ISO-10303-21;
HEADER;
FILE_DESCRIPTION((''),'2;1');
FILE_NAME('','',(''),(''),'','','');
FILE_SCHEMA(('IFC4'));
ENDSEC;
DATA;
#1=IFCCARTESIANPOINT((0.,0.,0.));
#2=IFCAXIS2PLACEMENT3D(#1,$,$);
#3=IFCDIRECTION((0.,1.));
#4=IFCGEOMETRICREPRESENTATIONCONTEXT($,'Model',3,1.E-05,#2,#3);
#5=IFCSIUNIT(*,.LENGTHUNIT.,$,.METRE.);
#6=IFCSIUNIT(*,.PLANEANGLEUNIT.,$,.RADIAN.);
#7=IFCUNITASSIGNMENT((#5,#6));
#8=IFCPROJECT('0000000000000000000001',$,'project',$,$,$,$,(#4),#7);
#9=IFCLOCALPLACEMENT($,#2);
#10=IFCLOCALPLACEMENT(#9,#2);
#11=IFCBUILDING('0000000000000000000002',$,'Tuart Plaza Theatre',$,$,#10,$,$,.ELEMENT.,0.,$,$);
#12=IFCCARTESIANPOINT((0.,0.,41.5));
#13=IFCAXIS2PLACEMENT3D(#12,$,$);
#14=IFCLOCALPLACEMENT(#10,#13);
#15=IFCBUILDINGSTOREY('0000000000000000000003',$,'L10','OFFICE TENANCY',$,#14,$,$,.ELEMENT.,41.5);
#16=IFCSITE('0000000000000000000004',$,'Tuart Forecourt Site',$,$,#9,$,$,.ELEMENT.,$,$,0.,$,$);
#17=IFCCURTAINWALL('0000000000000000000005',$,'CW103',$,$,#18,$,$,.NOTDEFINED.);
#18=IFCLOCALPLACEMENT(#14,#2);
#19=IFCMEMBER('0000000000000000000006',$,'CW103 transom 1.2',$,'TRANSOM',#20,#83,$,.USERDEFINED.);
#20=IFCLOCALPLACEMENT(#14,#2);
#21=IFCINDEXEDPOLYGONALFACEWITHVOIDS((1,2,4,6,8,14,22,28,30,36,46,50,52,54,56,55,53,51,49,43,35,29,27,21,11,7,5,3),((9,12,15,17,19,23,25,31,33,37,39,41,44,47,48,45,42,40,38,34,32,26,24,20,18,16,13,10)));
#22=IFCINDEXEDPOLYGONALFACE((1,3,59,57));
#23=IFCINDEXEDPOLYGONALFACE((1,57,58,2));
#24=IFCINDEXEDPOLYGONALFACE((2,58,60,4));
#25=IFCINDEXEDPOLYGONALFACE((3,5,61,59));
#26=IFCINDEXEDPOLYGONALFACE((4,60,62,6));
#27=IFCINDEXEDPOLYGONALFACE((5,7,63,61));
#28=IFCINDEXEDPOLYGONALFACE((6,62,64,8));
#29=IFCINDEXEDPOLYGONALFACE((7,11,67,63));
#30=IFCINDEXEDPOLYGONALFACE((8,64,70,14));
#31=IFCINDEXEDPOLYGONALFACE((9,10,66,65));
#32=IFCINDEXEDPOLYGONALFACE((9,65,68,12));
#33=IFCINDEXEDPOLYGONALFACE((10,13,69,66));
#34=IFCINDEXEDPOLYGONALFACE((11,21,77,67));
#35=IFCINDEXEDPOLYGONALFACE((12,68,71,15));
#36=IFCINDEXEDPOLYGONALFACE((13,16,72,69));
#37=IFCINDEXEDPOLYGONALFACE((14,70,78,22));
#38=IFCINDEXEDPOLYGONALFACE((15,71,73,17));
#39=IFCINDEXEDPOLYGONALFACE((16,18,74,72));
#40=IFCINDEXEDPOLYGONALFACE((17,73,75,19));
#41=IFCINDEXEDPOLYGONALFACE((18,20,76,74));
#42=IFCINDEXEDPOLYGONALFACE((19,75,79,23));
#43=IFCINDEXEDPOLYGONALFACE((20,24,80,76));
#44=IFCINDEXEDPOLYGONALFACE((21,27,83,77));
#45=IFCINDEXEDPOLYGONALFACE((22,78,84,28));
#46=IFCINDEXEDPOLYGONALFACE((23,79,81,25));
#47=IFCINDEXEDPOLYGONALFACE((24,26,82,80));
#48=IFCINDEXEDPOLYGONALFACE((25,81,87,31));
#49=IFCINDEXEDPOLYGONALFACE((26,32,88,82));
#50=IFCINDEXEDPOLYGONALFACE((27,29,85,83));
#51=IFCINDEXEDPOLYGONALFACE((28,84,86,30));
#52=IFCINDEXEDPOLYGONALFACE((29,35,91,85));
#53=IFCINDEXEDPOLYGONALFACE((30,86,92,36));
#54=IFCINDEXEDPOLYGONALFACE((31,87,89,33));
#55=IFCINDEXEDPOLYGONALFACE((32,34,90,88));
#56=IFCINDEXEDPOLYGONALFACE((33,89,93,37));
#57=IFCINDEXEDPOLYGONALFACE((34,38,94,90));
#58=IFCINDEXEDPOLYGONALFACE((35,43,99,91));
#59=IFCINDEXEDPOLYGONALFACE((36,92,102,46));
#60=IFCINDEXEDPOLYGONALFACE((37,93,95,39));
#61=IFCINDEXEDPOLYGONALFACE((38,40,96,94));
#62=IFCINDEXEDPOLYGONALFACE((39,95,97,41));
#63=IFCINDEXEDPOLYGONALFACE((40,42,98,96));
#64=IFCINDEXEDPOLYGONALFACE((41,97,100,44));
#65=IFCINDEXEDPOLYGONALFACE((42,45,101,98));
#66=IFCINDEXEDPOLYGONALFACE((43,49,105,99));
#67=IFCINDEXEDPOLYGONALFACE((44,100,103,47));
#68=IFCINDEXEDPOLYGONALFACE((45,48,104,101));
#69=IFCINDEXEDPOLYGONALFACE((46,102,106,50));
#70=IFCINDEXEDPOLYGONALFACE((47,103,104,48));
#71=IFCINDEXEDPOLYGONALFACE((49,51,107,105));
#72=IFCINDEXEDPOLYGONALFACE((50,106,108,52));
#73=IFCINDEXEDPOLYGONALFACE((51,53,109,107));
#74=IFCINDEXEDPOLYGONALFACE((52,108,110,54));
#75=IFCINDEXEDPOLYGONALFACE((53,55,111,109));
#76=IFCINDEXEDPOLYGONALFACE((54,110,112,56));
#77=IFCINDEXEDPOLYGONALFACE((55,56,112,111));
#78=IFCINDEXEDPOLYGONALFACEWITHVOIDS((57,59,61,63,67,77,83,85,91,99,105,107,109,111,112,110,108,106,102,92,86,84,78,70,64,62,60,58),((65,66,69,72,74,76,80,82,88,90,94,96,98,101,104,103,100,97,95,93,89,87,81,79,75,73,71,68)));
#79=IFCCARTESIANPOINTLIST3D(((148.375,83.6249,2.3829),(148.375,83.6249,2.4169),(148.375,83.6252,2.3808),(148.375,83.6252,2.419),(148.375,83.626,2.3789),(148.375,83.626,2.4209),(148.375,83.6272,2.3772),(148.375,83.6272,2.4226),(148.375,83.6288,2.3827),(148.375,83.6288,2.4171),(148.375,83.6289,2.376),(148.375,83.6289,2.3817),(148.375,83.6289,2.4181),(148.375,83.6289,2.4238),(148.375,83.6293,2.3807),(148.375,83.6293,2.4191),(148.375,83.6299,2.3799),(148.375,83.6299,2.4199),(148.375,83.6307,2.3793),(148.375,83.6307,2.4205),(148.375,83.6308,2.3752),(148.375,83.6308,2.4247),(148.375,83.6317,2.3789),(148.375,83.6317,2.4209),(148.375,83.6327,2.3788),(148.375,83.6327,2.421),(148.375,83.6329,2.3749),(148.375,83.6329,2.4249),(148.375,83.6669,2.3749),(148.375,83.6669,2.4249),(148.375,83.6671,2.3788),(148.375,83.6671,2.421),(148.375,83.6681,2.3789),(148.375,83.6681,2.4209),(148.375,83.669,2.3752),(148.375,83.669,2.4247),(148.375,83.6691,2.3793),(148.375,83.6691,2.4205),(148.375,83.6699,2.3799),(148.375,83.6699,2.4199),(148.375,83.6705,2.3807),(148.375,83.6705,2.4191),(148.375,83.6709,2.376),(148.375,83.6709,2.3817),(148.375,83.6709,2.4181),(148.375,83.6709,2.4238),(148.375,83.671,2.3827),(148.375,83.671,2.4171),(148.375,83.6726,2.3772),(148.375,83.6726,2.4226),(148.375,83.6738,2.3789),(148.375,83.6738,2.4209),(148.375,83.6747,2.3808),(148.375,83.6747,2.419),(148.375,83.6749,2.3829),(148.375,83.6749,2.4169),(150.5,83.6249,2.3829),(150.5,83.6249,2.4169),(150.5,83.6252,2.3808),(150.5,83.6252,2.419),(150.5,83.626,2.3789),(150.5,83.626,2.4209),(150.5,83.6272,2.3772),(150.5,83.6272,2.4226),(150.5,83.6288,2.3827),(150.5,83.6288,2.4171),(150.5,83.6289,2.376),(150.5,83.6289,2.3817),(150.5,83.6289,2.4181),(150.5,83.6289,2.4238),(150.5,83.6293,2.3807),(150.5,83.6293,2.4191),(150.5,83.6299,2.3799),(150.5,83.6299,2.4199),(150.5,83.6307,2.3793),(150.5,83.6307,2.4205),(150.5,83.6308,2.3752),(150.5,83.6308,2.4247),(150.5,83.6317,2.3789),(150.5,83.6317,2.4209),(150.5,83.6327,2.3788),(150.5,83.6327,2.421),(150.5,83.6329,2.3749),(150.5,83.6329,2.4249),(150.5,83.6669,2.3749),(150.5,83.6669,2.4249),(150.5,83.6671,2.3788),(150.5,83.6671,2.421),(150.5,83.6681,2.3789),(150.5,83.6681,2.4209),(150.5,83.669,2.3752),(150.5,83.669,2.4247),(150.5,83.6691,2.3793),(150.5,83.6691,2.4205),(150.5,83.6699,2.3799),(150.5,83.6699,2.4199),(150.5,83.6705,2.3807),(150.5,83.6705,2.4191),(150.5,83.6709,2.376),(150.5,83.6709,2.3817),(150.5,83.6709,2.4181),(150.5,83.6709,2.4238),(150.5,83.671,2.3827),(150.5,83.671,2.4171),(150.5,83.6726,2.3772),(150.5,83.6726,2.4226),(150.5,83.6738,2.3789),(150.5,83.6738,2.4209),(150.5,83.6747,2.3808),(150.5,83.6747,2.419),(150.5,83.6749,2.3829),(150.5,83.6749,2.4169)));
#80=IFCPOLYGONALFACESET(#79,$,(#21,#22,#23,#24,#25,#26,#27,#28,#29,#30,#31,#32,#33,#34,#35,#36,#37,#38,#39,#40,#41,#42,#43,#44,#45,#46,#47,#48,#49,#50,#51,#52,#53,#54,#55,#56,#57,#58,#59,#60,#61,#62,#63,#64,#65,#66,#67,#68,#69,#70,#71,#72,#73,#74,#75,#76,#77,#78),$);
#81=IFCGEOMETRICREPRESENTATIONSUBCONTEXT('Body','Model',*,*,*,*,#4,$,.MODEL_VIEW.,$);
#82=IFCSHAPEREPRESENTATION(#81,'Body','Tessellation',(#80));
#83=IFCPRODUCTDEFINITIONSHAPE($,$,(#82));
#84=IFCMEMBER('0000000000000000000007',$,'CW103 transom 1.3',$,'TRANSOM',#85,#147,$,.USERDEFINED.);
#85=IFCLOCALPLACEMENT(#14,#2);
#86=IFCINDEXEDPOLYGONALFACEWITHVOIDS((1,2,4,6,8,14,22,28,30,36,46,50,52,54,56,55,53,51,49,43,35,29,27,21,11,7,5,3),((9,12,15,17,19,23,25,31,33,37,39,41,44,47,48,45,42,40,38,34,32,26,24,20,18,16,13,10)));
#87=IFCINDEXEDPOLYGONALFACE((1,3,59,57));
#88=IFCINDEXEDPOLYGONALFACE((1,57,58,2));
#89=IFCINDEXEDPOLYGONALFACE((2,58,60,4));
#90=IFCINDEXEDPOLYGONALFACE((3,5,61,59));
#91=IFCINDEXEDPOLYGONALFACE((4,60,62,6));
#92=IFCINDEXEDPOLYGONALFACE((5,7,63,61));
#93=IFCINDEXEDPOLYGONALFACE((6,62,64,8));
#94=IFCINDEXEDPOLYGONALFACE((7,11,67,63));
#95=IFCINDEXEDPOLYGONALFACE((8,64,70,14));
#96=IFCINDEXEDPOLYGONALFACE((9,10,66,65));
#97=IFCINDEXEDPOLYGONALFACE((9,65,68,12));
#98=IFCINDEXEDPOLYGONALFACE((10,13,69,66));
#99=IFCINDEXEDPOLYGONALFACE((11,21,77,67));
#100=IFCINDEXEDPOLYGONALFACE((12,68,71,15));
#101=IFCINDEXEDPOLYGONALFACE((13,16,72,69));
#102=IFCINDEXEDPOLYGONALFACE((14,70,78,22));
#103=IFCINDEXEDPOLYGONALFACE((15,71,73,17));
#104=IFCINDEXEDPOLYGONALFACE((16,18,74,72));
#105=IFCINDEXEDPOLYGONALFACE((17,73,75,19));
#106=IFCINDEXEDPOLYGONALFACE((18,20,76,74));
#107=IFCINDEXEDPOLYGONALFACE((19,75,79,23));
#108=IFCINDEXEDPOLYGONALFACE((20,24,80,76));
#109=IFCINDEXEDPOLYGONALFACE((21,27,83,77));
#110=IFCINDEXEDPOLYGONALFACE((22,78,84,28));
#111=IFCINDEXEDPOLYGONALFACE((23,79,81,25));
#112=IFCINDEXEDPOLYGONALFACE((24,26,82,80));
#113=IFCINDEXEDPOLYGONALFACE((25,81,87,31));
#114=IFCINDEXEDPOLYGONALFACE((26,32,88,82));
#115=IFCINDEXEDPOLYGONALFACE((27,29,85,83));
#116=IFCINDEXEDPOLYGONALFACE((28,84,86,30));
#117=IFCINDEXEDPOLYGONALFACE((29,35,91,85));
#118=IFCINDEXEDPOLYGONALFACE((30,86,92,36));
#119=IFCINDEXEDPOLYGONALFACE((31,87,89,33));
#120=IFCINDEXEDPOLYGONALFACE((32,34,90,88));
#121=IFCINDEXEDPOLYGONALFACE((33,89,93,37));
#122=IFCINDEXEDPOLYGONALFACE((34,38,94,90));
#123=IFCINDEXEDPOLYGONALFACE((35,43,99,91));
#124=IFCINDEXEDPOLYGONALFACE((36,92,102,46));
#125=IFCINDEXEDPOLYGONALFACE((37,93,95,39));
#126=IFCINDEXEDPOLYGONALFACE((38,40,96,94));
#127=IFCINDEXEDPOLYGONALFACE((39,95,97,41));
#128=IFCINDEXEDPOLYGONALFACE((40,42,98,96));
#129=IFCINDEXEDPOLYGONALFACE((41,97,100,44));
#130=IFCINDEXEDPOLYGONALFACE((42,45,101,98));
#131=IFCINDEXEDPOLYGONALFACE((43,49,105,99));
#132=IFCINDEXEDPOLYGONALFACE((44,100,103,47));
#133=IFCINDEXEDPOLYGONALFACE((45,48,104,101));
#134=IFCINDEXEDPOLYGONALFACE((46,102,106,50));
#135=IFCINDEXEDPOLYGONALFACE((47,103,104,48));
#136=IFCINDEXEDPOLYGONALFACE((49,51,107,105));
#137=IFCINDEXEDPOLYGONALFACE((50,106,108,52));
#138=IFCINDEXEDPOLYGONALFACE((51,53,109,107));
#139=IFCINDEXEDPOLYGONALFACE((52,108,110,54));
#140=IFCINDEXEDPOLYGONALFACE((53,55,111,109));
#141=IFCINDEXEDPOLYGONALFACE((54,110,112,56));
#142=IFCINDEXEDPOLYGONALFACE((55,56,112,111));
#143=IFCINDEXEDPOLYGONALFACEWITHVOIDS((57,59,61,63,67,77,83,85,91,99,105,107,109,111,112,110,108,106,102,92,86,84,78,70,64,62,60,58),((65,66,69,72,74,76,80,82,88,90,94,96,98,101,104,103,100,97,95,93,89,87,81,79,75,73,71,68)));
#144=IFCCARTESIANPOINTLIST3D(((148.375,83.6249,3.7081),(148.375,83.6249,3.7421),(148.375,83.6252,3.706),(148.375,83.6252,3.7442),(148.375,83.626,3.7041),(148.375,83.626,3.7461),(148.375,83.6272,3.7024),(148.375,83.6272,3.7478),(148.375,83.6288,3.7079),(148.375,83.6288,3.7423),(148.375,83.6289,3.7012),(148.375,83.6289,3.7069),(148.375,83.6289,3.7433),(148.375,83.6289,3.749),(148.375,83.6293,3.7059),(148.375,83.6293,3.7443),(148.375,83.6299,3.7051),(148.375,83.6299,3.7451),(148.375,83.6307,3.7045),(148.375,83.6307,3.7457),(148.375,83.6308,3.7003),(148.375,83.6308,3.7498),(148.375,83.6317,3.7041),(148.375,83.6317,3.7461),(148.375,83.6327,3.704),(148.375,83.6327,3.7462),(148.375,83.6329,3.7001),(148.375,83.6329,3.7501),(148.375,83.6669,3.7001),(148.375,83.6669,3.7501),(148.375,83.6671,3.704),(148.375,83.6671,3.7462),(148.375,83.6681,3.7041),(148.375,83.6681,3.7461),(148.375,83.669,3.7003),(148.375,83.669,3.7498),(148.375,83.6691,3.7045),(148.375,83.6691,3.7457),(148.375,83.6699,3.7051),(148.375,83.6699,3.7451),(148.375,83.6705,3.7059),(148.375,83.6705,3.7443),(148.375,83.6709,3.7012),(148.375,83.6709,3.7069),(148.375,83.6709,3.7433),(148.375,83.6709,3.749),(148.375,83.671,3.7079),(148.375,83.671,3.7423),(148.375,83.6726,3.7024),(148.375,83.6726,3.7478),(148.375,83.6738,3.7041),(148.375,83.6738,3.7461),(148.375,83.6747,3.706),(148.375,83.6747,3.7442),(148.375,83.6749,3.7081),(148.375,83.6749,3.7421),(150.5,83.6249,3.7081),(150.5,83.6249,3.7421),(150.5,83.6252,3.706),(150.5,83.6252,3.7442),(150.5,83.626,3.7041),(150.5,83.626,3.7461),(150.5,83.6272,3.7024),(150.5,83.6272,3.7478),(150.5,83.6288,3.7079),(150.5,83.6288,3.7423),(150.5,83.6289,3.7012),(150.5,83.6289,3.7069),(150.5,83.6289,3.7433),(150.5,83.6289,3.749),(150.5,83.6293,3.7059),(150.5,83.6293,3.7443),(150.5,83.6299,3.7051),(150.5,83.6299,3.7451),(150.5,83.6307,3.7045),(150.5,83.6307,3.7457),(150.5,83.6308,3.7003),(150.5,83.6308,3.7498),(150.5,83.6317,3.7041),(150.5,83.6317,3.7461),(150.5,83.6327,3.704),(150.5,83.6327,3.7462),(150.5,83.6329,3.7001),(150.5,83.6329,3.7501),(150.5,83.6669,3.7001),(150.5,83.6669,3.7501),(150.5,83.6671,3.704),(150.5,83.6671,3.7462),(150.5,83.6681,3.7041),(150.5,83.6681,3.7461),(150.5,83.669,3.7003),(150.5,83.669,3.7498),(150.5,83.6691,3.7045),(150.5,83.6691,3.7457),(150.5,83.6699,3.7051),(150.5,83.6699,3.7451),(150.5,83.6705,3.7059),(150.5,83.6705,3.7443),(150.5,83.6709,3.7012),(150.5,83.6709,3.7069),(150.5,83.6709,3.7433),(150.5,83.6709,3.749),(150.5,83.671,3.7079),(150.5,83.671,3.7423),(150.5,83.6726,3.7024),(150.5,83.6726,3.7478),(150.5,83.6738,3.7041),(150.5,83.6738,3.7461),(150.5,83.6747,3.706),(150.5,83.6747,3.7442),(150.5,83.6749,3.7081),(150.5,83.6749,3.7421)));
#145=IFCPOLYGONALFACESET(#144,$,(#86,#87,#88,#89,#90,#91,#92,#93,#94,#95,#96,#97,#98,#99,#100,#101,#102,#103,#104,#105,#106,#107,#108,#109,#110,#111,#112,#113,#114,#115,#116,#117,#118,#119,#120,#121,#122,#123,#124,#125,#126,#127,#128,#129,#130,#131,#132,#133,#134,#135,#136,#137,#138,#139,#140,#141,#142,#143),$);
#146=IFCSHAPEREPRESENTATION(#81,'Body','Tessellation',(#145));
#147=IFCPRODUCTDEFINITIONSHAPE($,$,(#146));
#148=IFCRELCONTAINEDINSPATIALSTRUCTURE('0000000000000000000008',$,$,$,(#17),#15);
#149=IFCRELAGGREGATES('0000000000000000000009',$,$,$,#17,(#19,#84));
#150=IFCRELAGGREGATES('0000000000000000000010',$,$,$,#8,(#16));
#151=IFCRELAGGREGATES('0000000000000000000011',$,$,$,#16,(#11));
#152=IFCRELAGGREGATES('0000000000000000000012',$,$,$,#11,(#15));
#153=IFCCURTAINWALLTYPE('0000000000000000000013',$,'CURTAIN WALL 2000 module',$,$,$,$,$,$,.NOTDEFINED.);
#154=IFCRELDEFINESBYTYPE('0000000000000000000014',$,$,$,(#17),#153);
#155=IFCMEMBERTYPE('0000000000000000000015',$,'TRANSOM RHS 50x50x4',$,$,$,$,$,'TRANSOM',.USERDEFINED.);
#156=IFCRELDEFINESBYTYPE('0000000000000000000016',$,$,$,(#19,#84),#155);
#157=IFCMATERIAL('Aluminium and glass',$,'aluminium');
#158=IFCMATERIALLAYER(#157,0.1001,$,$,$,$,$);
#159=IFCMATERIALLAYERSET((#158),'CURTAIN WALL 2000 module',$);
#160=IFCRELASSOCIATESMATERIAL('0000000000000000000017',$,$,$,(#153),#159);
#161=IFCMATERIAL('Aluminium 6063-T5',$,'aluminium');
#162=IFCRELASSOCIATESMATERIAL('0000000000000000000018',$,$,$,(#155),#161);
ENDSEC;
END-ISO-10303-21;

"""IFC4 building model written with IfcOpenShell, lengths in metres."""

from ifc_helpers import new_model, si_unit, direction, frame, origin, origin_2d, place, context, subcontext, project, spatial, hollow_rectangle, extrude, material, layer, layer_set, material_profile, profile_set, type_object, element, aggregate, save


model = new_model("IFC4")

# Units and contexts
model_context = context("Model", 3, precision=1e-05, world=origin(), true_north=direction((0.0, 1.0)))
body_context = subcontext(model_context, "Body", "Model", "MODEL_VIEW")
ifc_project = project(units=[si_unit("LENGTHUNIT", "METRE"), si_unit("PLANEANGLEUNIT", "RADIAN")], contexts=[model_context])

# Site, building, storey
site_placement = place(None, origin())
site = spatial("IfcSite", under=ifc_project, at=site_placement, Name="Tuart Forecourt Site", CompositionType="ELEMENT", RefElevation=0.0)
building_placement = place(site_placement, origin())
building = spatial("IfcBuilding", under=site, at=building_placement, Name="Tuart Plaza Theatre", CompositionType="ELEMENT", ElevationOfRefHeight=0.0)
storey_placement = place(building_placement, frame((0.0, 0.0, 41.5)))
storey = spatial("IfcBuildingStorey", under=building, at=storey_placement, Name="L10", Description="OFFICE TENANCY", CompositionType="ELEMENT", Elevation=41.5)

# Shared definitions
ifc_material_1 = material(Name="Aluminium and glass", Category="aluminium")
ifc_layer_1 = layer(ifc_material_1, 0.1001)
ifc_layer_set_1 = layer_set([ifc_layer_1], Name="CURTAIN WALL 2000 module")
curtain_wall_type = type_object("IfcCurtainWallType", Name="CURTAIN WALL 2000 module", PredefinedType="NOTDEFINED", material=ifc_layer_set_1)

# Curtain wall
curtain_wall_1_placement = place(storey_placement, origin())
curtain_wall_1 = element("IfcCurtainWall", 1, at=curtain_wall_1_placement, inside=storey, type_object=curtain_wall_type, Name="CW103", PredefinedType="NOTDEFINED")

# Members
ifc_material_2 = material(Name="Aluminium 6063-T5", Category="aluminium")
ifc_material_profile_1 = material_profile(ifc_material_2, hollow_rectangle(XDim=0.05, YDim=0.05, WallThickness=0.0039, InnerFilletRadius=0.0039, OuterFilletRadius=0.0081, at=origin_2d()), Name="RHS 50x50x4")
ifc_profile_set_1 = profile_set([ifc_material_profile_1], Name="Aluminium 6063-T5")
member_type_1 = type_object("IfcMemberType", Name="TRANSOM RHS 50x50x4", ElementType="TRANSOM", PredefinedType="USERDEFINED", material=ifc_profile_set_1)
member_1_placement = place(storey_placement, frame((150.5, 83.6499, 2.3999), z_axis=(-1.0, 0.0, 0.0), x_axis=(0.0, -1.0, 0.0)))
member_1 = element("IfcMember", 2, at=member_1_placement, type_object=member_type_1, Name="CW103 transom 1.2", ObjectType="TRANSOM", PredefinedType="USERDEFINED", context=body_context, shape_type="SweptSolid", body=[
    extrude(hollow_rectangle(XDim=0.05, YDim=0.05, WallThickness=0.0039, InnerFilletRadius=0.0039, OuterFilletRadius=0.0081, at=origin_2d()), origin(), (0.0, 0.0, 1.0), 2.125),
])
member_2_placement = place(storey_placement, frame((150.5, 83.6499, 3.7251), z_axis=(-1.0, 0.0, 0.0), x_axis=(0.0, -1.0, 0.0)))
member_2 = element("IfcMember", 3, at=member_2_placement, type_object=member_type_1, Name="CW103 transom 1.3", ObjectType="TRANSOM", PredefinedType="USERDEFINED", context=body_context, shape_type="SweptSolid", body=[
    extrude(hollow_rectangle(XDim=0.05, YDim=0.05, WallThickness=0.0039, InnerFilletRadius=0.0039, OuterFilletRadius=0.0081, at=origin_2d()), origin(), (0.0, 0.0, 1.0), 2.125),
])

aggregate(curtain_wall_1, [member_1, member_2])

save(model, "model.ifc")
